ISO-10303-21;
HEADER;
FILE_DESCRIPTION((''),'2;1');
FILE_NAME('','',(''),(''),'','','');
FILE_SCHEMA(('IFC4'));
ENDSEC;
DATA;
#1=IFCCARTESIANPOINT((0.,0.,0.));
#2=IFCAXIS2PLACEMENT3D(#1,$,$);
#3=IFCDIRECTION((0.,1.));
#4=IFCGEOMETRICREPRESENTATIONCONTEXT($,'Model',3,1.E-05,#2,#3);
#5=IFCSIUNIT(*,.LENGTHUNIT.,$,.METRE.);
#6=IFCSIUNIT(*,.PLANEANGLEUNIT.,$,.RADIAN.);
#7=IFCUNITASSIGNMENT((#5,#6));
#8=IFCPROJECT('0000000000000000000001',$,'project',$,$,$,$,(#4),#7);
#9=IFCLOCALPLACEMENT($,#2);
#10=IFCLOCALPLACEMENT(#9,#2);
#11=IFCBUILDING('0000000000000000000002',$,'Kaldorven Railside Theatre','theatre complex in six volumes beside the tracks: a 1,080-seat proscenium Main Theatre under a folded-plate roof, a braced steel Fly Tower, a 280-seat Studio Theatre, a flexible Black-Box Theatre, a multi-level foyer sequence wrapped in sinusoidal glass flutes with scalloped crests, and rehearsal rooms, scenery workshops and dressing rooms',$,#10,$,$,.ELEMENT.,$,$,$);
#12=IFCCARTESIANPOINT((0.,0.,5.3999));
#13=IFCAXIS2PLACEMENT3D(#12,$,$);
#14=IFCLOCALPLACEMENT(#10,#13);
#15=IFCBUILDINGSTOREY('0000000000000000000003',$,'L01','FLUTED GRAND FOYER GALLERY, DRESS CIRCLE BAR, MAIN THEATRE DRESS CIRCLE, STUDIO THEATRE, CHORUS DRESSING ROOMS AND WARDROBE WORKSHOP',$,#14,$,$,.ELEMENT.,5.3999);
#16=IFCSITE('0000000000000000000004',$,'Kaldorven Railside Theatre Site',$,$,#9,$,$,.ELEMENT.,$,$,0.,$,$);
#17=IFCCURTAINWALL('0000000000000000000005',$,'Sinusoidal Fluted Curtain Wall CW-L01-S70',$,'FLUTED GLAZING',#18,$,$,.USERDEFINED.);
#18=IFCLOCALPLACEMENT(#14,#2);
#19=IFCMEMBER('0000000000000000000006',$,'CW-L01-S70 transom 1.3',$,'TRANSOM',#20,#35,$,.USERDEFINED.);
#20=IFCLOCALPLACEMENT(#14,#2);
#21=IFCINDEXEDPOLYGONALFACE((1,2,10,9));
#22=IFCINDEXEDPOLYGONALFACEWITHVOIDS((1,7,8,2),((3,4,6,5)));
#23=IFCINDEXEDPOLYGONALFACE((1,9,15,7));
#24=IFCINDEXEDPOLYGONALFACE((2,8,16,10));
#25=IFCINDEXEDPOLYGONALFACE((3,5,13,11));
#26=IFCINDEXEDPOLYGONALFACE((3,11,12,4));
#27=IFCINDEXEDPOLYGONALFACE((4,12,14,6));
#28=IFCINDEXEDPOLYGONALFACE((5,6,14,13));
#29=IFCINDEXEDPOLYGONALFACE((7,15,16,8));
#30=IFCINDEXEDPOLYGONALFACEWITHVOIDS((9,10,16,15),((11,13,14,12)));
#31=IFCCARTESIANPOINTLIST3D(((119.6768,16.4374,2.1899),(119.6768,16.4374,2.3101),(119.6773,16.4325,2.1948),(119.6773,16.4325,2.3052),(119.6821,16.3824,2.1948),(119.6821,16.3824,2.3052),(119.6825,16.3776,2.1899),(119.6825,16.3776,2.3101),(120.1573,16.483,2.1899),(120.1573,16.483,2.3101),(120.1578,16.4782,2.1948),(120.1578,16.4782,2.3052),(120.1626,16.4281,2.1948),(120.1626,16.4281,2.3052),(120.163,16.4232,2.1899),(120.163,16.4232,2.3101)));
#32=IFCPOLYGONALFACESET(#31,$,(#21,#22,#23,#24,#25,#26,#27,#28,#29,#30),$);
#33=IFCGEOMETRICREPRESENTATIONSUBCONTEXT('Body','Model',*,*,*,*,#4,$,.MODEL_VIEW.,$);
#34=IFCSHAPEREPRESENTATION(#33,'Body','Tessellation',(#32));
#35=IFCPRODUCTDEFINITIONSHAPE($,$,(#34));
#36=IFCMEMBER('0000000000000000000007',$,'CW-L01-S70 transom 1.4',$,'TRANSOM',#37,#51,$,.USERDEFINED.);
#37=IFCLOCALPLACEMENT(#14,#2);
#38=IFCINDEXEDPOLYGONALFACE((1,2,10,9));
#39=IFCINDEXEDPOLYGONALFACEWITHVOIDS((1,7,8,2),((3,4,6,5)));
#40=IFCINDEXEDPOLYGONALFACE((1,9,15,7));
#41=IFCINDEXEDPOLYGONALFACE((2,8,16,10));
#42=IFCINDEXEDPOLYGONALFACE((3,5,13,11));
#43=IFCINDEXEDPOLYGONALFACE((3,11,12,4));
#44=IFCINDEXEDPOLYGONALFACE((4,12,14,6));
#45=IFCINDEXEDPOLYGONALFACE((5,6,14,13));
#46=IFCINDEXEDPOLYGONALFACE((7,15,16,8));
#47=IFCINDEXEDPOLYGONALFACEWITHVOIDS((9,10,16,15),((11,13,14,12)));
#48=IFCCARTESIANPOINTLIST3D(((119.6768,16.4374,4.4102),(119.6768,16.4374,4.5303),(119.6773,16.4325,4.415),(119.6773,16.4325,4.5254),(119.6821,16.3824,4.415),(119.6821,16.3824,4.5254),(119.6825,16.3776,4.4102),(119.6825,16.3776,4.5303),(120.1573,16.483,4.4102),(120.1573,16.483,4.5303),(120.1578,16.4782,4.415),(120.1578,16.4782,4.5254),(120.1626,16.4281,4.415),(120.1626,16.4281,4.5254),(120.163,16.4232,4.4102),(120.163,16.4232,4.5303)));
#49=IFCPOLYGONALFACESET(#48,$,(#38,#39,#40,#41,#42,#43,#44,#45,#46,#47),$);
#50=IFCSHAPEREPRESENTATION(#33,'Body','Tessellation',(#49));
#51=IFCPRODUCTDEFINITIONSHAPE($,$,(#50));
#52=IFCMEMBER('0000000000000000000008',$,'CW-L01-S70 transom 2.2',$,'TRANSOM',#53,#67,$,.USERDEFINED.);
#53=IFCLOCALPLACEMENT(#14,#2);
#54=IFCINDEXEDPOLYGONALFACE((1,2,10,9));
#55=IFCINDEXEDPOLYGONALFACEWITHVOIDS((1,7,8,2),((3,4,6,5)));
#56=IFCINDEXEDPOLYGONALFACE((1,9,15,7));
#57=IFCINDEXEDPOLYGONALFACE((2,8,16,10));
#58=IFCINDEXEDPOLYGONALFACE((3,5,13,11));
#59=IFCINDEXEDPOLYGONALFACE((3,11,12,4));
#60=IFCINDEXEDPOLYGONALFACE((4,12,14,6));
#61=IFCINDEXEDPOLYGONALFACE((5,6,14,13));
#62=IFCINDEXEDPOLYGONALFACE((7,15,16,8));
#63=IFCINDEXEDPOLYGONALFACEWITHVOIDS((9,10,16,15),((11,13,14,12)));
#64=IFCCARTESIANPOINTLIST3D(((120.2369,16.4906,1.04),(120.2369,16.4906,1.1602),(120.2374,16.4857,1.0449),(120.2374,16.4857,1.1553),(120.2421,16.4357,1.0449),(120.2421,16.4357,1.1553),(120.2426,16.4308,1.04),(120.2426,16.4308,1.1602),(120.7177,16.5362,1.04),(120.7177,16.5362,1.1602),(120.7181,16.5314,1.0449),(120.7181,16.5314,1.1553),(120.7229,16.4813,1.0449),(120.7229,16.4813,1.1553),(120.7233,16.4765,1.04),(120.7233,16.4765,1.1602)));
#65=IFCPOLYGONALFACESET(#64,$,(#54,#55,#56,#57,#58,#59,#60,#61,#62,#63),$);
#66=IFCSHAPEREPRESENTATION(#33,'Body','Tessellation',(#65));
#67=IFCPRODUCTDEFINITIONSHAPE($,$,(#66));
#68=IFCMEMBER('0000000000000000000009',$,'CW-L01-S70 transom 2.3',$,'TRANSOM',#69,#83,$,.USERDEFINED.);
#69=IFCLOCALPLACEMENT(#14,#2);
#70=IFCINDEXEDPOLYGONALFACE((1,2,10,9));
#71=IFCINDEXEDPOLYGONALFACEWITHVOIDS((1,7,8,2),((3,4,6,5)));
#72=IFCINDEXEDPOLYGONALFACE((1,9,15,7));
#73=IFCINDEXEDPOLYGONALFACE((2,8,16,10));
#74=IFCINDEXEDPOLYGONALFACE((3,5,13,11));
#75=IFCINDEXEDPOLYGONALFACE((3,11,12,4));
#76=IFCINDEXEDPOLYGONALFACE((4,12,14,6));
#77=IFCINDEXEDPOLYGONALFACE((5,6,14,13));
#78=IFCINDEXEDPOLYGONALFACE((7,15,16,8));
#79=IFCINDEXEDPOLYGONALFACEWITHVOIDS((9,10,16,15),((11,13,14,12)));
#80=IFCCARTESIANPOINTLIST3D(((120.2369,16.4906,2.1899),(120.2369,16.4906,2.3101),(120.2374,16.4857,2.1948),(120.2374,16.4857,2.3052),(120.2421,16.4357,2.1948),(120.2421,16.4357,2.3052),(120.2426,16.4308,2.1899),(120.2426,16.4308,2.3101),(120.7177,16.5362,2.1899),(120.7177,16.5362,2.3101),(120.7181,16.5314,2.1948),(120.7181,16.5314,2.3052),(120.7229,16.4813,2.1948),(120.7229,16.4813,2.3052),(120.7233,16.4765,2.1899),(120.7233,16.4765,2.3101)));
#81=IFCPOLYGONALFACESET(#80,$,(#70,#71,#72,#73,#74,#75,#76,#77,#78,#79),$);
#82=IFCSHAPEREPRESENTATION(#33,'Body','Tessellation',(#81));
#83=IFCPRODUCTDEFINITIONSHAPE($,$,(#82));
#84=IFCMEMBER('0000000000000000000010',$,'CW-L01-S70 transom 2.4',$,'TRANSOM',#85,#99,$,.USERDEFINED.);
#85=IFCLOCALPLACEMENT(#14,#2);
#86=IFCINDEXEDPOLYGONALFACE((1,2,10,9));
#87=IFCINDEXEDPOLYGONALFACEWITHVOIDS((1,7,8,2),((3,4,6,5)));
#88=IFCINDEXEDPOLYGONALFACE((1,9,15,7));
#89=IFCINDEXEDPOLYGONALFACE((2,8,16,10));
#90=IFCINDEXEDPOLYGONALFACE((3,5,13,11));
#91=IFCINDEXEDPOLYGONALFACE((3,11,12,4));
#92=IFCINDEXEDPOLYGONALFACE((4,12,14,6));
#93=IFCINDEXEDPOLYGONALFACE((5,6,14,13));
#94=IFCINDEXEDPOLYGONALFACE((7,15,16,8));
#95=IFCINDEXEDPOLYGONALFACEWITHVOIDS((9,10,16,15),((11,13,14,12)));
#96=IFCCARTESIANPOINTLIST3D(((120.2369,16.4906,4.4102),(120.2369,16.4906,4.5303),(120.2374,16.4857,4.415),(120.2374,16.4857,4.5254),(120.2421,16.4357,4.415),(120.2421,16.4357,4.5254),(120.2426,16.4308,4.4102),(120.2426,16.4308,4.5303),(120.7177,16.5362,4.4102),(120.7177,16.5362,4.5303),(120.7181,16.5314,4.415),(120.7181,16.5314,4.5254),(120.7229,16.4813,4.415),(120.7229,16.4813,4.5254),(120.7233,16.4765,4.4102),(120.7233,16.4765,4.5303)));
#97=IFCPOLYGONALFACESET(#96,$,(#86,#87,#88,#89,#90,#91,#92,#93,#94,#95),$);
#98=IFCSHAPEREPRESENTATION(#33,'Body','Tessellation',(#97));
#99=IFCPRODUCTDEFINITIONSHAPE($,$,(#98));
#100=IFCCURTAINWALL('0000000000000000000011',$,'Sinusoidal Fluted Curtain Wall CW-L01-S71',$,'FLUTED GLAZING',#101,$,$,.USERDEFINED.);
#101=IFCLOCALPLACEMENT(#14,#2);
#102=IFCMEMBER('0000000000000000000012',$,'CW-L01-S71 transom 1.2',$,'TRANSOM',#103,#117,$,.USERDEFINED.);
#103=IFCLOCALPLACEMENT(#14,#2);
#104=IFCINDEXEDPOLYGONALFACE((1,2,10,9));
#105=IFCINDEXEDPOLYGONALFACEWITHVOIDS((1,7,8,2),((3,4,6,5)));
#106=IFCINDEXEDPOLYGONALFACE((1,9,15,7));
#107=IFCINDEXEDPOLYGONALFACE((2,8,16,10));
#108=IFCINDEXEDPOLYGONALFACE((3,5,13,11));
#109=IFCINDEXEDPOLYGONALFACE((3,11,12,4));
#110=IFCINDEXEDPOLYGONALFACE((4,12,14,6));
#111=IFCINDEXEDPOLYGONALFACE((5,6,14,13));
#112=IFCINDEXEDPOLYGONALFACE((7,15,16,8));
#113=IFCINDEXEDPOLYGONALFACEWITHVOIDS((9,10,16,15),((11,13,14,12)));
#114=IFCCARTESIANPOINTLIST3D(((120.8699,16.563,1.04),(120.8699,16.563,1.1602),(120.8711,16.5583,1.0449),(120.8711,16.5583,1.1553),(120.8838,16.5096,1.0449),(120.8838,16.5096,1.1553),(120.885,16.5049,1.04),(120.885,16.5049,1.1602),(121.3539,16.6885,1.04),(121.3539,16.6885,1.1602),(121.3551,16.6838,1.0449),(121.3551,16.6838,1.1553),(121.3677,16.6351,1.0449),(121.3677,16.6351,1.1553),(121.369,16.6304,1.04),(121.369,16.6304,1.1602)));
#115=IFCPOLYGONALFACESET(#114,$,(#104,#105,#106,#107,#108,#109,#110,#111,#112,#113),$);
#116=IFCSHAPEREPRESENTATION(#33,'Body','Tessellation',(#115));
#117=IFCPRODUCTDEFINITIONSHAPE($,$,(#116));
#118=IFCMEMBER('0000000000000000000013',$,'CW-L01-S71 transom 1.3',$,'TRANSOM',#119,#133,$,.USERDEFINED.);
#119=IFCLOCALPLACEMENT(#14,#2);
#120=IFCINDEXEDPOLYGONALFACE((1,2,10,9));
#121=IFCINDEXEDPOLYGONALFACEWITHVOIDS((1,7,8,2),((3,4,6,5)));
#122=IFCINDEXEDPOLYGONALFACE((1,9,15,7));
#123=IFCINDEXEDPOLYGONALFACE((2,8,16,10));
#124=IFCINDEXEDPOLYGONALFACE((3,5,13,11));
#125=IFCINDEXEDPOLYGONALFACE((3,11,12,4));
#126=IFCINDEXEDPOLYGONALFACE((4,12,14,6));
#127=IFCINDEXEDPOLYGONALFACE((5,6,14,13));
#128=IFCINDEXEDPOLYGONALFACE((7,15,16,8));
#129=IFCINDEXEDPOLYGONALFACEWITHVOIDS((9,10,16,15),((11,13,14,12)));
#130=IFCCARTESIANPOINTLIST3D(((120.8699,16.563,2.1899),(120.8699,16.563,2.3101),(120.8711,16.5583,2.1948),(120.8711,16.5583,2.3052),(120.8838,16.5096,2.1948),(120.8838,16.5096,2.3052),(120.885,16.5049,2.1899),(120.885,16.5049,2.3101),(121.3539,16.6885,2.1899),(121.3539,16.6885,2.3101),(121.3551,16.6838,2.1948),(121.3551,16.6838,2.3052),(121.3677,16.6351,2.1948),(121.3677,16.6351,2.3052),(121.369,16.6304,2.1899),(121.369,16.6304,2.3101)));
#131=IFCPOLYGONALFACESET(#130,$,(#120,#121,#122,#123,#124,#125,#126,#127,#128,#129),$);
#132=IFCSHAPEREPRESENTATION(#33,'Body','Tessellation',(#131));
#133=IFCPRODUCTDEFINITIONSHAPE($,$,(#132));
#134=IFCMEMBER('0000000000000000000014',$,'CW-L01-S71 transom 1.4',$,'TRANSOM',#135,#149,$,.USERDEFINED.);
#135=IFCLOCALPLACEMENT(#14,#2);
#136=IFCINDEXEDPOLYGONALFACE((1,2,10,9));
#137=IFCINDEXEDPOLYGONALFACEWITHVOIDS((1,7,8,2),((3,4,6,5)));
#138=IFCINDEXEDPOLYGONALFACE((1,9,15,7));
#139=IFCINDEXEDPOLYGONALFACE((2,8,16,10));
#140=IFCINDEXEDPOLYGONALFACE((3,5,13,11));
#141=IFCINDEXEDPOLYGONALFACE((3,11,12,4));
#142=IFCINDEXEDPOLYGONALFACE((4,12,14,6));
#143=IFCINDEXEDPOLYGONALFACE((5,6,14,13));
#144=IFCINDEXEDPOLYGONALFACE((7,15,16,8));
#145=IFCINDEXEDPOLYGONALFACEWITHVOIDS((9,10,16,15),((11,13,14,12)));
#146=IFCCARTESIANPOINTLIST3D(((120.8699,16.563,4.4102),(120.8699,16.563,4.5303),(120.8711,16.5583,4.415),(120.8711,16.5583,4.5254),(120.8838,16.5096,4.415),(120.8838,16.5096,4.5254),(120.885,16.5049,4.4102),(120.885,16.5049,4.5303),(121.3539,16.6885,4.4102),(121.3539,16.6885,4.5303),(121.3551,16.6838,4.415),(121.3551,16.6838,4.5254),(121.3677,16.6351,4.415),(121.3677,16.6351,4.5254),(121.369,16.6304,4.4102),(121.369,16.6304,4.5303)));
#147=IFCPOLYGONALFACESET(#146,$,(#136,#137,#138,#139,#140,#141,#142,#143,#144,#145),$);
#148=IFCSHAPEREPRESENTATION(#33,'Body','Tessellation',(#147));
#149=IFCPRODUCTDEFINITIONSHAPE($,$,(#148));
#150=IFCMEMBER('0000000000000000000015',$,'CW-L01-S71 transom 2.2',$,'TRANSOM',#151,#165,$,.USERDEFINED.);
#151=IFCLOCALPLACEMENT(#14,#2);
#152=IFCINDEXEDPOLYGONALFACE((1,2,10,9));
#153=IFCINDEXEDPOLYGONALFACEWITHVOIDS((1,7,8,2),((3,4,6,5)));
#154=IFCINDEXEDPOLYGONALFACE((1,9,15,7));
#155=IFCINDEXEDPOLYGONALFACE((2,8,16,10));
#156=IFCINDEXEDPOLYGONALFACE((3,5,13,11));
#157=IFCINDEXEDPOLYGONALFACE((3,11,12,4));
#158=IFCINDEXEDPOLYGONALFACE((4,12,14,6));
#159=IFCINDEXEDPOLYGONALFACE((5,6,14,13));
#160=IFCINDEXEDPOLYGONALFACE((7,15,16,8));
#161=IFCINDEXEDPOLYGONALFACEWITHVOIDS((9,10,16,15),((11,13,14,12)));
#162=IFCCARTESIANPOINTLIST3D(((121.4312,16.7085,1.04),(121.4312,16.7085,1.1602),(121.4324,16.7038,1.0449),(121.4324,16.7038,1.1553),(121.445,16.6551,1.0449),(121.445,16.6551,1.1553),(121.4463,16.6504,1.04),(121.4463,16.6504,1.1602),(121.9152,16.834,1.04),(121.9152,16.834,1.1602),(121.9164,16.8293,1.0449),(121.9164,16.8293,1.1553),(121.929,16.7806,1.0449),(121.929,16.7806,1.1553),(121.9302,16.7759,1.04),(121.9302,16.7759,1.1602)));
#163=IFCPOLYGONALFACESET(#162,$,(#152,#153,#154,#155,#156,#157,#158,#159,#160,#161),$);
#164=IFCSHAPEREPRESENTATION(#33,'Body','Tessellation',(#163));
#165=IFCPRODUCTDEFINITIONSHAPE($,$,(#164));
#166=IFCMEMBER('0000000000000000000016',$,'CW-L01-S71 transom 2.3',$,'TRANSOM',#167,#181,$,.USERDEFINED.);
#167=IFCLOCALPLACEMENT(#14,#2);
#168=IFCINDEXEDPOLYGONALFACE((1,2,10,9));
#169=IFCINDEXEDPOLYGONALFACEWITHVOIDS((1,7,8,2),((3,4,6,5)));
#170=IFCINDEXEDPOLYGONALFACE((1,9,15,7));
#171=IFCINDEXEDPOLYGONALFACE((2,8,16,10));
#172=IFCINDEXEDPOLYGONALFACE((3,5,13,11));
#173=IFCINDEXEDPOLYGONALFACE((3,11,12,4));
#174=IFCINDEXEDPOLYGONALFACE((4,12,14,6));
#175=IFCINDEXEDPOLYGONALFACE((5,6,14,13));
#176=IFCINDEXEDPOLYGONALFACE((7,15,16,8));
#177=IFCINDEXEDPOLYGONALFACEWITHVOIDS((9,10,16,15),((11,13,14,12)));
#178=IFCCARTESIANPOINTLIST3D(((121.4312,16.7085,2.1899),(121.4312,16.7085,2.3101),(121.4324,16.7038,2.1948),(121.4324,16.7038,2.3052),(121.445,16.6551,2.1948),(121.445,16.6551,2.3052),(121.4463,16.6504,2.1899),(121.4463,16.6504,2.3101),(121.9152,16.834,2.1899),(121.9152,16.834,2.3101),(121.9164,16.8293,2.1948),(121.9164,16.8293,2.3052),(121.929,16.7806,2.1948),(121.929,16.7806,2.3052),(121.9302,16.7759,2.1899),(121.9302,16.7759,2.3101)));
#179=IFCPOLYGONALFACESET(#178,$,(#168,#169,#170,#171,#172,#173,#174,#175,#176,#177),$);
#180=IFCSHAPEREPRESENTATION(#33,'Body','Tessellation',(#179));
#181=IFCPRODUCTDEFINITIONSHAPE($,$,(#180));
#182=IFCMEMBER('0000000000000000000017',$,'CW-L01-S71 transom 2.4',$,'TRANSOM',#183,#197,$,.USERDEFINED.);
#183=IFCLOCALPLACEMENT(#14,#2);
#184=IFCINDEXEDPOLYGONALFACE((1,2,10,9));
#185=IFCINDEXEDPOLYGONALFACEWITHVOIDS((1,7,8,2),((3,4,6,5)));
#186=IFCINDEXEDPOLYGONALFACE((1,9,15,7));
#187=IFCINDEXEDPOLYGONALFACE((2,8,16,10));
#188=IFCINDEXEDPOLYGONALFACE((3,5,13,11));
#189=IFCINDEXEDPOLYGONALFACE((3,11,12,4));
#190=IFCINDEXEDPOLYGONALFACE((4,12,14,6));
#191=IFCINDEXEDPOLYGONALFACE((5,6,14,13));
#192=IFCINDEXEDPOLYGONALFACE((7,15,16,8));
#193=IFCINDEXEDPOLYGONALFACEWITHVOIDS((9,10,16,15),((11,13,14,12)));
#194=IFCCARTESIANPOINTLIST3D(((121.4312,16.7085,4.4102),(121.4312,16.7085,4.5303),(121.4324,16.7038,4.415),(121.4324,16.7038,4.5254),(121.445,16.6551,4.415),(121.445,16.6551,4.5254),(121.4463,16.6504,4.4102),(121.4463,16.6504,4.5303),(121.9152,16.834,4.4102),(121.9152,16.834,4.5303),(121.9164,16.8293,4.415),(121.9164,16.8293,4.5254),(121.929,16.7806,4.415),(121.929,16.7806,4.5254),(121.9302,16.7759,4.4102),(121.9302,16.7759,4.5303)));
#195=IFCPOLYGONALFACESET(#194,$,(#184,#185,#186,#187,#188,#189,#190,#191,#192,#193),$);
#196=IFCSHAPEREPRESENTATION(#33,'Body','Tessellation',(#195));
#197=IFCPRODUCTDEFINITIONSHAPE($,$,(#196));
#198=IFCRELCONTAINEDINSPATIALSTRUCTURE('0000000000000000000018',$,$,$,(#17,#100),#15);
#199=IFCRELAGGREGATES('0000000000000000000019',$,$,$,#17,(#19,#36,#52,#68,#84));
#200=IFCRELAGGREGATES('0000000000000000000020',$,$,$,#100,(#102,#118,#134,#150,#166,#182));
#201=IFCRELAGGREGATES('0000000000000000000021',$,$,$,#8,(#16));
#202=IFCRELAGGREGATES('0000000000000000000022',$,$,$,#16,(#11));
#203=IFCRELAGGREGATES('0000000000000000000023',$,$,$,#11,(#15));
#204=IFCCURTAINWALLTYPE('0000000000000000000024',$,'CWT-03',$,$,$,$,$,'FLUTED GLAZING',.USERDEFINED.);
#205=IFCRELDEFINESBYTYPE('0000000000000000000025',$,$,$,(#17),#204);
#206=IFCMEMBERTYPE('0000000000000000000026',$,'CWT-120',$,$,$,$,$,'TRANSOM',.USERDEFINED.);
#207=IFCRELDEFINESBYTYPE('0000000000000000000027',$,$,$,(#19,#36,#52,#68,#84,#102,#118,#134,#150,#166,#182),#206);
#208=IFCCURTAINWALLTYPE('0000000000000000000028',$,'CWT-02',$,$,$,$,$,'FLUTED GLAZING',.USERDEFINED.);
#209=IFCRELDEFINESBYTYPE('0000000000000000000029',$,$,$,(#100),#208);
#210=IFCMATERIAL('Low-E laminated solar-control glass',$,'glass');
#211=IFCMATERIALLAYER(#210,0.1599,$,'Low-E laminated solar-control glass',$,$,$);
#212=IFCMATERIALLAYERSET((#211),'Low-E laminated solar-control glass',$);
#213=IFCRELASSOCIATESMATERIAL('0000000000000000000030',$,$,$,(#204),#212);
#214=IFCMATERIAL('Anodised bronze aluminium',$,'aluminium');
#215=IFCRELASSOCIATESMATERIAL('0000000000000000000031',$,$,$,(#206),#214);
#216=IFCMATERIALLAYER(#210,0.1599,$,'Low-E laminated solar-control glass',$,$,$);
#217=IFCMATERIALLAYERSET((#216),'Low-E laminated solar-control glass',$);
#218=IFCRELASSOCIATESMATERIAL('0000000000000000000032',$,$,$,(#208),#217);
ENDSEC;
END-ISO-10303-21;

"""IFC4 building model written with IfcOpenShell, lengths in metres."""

from ifc_helpers import new_model, si_unit, direction, frame, origin, origin_2d, place, context, subcontext, project, spatial, hollow_rectangle, extrude, material, layer, layer_set, material_profile, profile_set, type_object, element, aggregate, save


model = new_model("IFC4")

# Units and contexts
model_context = context("Model", 3, precision=1e-05, world=origin(), true_north=direction((0.0, 1.0)))
body_context = subcontext(model_context, "Body", "Model", "MODEL_VIEW")
ifc_project = project(units=[si_unit("LENGTHUNIT", "METRE"), si_unit("PLANEANGLEUNIT", "RADIAN")], contexts=[model_context])

# Site, building, storey
site_placement = place(None, origin())
site = spatial("IfcSite", under=ifc_project, at=site_placement, Name="Kaldorven Railside Theatre Site", CompositionType="ELEMENT", RefElevation=0.0)
building_placement = place(site_placement, origin())
building = spatial("IfcBuilding", under=site, at=building_placement, Name="Kaldorven Railside Theatre", Description="theatre complex in six volumes beside the tracks: a 1,080-seat proscenium Main Theatre under a folded-plate roof, a braced steel Fly Tower, a 280-seat Studio Theatre, a flexible Black-Box Theatre, a multi-level foyer sequence wrapped in sinusoidal glass flutes with scalloped crests, and rehearsal rooms, scenery workshops and dressing rooms", CompositionType="ELEMENT")
storey_placement = place(building_placement, frame((0.0, 0.0, 5.3999)))
storey = spatial("IfcBuildingStorey", under=building, at=storey_placement, Name="L01", Description="FLUTED GRAND FOYER GALLERY, DRESS CIRCLE BAR, MAIN THEATRE DRESS CIRCLE, STUDIO THEATRE, CHORUS DRESSING ROOMS AND WARDROBE WORKSHOP", CompositionType="ELEMENT", Elevation=5.3999)

# Curtain walls, members
ifc_material_1 = material(Name="Low-E laminated solar-control glass", Category="glass")
ifc_layer_1 = layer(ifc_material_1, 0.1599, Name="Low-E laminated solar-control glass")
ifc_layer_set_1 = layer_set([ifc_layer_1], Name="Low-E laminated solar-control glass")
curtain_wall_type_1 = type_object("IfcCurtainWallType", Name="CWT-03", ElementType="FLUTED GLAZING", PredefinedType="USERDEFINED", material=ifc_layer_set_1)
curtain_wall_1_placement = place(storey_placement, origin())
curtain_wall_1 = element("IfcCurtainWall", 1, at=curtain_wall_1_placement, inside=storey, type_object=curtain_wall_type_1, Name="Sinusoidal Fluted Curtain Wall CW-L01-S70", ObjectType="FLUTED GLAZING", PredefinedType="USERDEFINED")
ifc_material_2 = material(Name="Anodised bronze aluminium", Category="aluminium")
ifc_material_profile = material_profile(ifc_material_2, hollow_rectangle(XDim=0.0601, YDim=0.1201, WallThickness=0.0049, at=origin_2d()), Name="RHS 120x60x5")
ifc_profile_set = profile_set([ifc_material_profile], Name="Anodised bronze aluminium")
member_type = type_object("IfcMemberType", Name="CWT-120", ElementType="TRANSOM", PredefinedType="USERDEFINED", material=ifc_profile_set)
member_1_placement = place(storey_placement, frame((119.6797, 16.4075, 2.25), z_axis=(0.995516, 0.094594, 0.0), x_axis=(-0.094594, 0.995516, 0.0)))
member_1 = element("IfcMember", 2, at=member_1_placement, type_object=member_type, Name="CW-L01-S70 transom 1.3", ObjectType="TRANSOM", PredefinedType="USERDEFINED", context=body_context, shape_type="SweptSolid", body=[
    extrude(hollow_rectangle(XDim=0.0601, YDim=0.1201, WallThickness=0.0049, at=origin_2d()), origin(), (0.0, 0.0, 1.0), 0.4827),
])
member_2_placement = place(storey_placement, frame((119.6797, 16.4075, 4.4702), z_axis=(0.995516, 0.094594, 0.0), x_axis=(-0.094594, 0.995516, 0.0)))
member_2 = element("IfcMember", 3, at=member_2_placement, type_object=member_type, Name="CW-L01-S70 transom 1.4", ObjectType="TRANSOM", PredefinedType="USERDEFINED", context=body_context, shape_type="SweptSolid", body=[
    extrude(hollow_rectangle(XDim=0.0601, YDim=0.1201, WallThickness=0.0049, at=origin_2d()), origin(), (0.0, 0.0, 1.0), 0.4827),
])
member_3_placement = place(storey_placement, frame((120.2397, 16.4607, 1.1001), z_axis=(0.99552, 0.094547, 0.0), x_axis=(-0.094547, 0.99552, 0.0)))
member_3 = element("IfcMember", 4, at=member_3_placement, type_object=member_type, Name="CW-L01-S70 transom 2.2", ObjectType="TRANSOM", PredefinedType="USERDEFINED", context=body_context, shape_type="SweptSolid", body=[
    extrude(hollow_rectangle(XDim=0.0601, YDim=0.1201, WallThickness=0.0049, at=origin_2d()), origin(), (0.0, 0.0, 1.0), 0.4829),
])
member_4_placement = place(storey_placement, frame((120.2397, 16.4607, 2.25), z_axis=(0.99552, 0.094547, 0.0), x_axis=(-0.094547, 0.99552, 0.0)))
member_4 = element("IfcMember", 5, at=member_4_placement, type_object=member_type, Name="CW-L01-S70 transom 2.3", ObjectType="TRANSOM", PredefinedType="USERDEFINED", context=body_context, shape_type="SweptSolid", body=[
    extrude(hollow_rectangle(XDim=0.0601, YDim=0.1201, WallThickness=0.0049, at=origin_2d()), origin(), (0.0, 0.0, 1.0), 0.4829),
])
member_5_placement = place(storey_placement, frame((120.2397, 16.4607, 4.4702), z_axis=(0.99552, 0.094547, 0.0), x_axis=(-0.094547, 0.99552, 0.0)))
member_5 = element("IfcMember", 6, at=member_5_placement, type_object=member_type, Name="CW-L01-S70 transom 2.4", ObjectType="TRANSOM", PredefinedType="USERDEFINED", context=body_context, shape_type="SweptSolid", body=[
    extrude(hollow_rectangle(XDim=0.0601, YDim=0.1201, WallThickness=0.0049, at=origin_2d()), origin(), (0.0, 0.0, 1.0), 0.4829),
])
ifc_layer_2 = layer(ifc_material_1, 0.1599, Name="Low-E laminated solar-control glass")
ifc_layer_set_2 = layer_set([ifc_layer_2], Name="Low-E laminated solar-control glass")
curtain_wall_type_2 = type_object("IfcCurtainWallType", Name="CWT-02", ElementType="FLUTED GLAZING", PredefinedType="USERDEFINED", material=ifc_layer_set_2)
curtain_wall_2_placement = place(storey_placement, origin())
curtain_wall_2 = element("IfcCurtainWall", 7, at=curtain_wall_2_placement, inside=storey, type_object=curtain_wall_type_2, Name="Sinusoidal Fluted Curtain Wall CW-L01-S71", ObjectType="FLUTED GLAZING", PredefinedType="USERDEFINED")
member_6_placement = place(storey_placement, frame((120.8774, 16.5339, 1.1001), z_axis=(0.967979, 0.25103, 0.0), x_axis=(-0.25103, 0.967979, 0.0)))
member_6 = element("IfcMember", 8, at=member_6_placement, type_object=member_type, Name="CW-L01-S71 transom 1.2", ObjectType="TRANSOM", PredefinedType="USERDEFINED", context=body_context, shape_type="SweptSolid", body=[
    extrude(hollow_rectangle(XDim=0.0601, YDim=0.1201, WallThickness=0.0049, at=origin_2d()), origin(), (0.0, 0.0, 1.0), 0.5),
])
member_7_placement = place(storey_placement, frame((120.8774, 16.5339, 2.25), z_axis=(0.967979, 0.25103, 0.0), x_axis=(-0.25103, 0.967979, 0.0)))
member_7 = element("IfcMember", 9, at=member_7_placement, type_object=member_type, Name="CW-L01-S71 transom 1.3", ObjectType="TRANSOM", PredefinedType="USERDEFINED", context=body_context, shape_type="SweptSolid", body=[
    extrude(hollow_rectangle(XDim=0.0601, YDim=0.1201, WallThickness=0.0049, at=origin_2d()), origin(), (0.0, 0.0, 1.0), 0.5),
])
member_8_placement = place(storey_placement, frame((120.8774, 16.5339, 4.4702), z_axis=(0.967979, 0.25103, 0.0), x_axis=(-0.25103, 0.967979, 0.0)))
member_8 = element("IfcMember", 10, at=member_8_placement, type_object=member_type, Name="CW-L01-S71 transom 1.4", ObjectType="TRANSOM", PredefinedType="USERDEFINED", context=body_context, shape_type="SweptSolid", body=[
    extrude(hollow_rectangle(XDim=0.0601, YDim=0.1201, WallThickness=0.0049, at=origin_2d()), origin(), (0.0, 0.0, 1.0), 0.5),
])
member_9_placement = place(storey_placement, frame((121.4387, 16.6794, 1.1001), z_axis=(0.967979, 0.25103, 0.0), x_axis=(-0.25103, 0.967979, 0.0)))
member_9 = element("IfcMember", 11, at=member_9_placement, type_object=member_type, Name="CW-L01-S71 transom 2.2", ObjectType="TRANSOM", PredefinedType="USERDEFINED", context=body_context, shape_type="SweptSolid", body=[
    extrude(hollow_rectangle(XDim=0.0601, YDim=0.1201, WallThickness=0.0049, at=origin_2d()), origin(), (0.0, 0.0, 1.0), 0.5),
])
member_10_placement = place(storey_placement, frame((121.4387, 16.6794, 2.25), z_axis=(0.967979, 0.25103, 0.0), x_axis=(-0.25103, 0.967979, 0.0)))
member_10 = element("IfcMember", 12, at=member_10_placement, type_object=member_type, Name="CW-L01-S71 transom 2.3", ObjectType="TRANSOM", PredefinedType="USERDEFINED", context=body_context, shape_type="SweptSolid", body=[
    extrude(hollow_rectangle(XDim=0.0601, YDim=0.1201, WallThickness=0.0049, at=origin_2d()), origin(), (0.0, 0.0, 1.0), 0.5),
])
member_11_placement = place(storey_placement, frame((121.4387, 16.6794, 4.4702), z_axis=(0.967979, 0.25103, 0.0), x_axis=(-0.25103, 0.967979, 0.0)))
member_11 = element("IfcMember", 13, at=member_11_placement, type_object=member_type, Name="CW-L01-S71 transom 2.4", ObjectType="TRANSOM", PredefinedType="USERDEFINED", context=body_context, shape_type="SweptSolid", body=[
    extrude(hollow_rectangle(XDim=0.0601, YDim=0.1201, WallThickness=0.0049, at=origin_2d()), origin(), (0.0, 0.0, 1.0), 0.5),
])

aggregate(curtain_wall_1, [member_1, member_2, member_3, member_4, member_5])
aggregate(curtain_wall_2, [member_6, member_7, member_8, member_9, member_10, member_11])

save(model, "model.ifc")
